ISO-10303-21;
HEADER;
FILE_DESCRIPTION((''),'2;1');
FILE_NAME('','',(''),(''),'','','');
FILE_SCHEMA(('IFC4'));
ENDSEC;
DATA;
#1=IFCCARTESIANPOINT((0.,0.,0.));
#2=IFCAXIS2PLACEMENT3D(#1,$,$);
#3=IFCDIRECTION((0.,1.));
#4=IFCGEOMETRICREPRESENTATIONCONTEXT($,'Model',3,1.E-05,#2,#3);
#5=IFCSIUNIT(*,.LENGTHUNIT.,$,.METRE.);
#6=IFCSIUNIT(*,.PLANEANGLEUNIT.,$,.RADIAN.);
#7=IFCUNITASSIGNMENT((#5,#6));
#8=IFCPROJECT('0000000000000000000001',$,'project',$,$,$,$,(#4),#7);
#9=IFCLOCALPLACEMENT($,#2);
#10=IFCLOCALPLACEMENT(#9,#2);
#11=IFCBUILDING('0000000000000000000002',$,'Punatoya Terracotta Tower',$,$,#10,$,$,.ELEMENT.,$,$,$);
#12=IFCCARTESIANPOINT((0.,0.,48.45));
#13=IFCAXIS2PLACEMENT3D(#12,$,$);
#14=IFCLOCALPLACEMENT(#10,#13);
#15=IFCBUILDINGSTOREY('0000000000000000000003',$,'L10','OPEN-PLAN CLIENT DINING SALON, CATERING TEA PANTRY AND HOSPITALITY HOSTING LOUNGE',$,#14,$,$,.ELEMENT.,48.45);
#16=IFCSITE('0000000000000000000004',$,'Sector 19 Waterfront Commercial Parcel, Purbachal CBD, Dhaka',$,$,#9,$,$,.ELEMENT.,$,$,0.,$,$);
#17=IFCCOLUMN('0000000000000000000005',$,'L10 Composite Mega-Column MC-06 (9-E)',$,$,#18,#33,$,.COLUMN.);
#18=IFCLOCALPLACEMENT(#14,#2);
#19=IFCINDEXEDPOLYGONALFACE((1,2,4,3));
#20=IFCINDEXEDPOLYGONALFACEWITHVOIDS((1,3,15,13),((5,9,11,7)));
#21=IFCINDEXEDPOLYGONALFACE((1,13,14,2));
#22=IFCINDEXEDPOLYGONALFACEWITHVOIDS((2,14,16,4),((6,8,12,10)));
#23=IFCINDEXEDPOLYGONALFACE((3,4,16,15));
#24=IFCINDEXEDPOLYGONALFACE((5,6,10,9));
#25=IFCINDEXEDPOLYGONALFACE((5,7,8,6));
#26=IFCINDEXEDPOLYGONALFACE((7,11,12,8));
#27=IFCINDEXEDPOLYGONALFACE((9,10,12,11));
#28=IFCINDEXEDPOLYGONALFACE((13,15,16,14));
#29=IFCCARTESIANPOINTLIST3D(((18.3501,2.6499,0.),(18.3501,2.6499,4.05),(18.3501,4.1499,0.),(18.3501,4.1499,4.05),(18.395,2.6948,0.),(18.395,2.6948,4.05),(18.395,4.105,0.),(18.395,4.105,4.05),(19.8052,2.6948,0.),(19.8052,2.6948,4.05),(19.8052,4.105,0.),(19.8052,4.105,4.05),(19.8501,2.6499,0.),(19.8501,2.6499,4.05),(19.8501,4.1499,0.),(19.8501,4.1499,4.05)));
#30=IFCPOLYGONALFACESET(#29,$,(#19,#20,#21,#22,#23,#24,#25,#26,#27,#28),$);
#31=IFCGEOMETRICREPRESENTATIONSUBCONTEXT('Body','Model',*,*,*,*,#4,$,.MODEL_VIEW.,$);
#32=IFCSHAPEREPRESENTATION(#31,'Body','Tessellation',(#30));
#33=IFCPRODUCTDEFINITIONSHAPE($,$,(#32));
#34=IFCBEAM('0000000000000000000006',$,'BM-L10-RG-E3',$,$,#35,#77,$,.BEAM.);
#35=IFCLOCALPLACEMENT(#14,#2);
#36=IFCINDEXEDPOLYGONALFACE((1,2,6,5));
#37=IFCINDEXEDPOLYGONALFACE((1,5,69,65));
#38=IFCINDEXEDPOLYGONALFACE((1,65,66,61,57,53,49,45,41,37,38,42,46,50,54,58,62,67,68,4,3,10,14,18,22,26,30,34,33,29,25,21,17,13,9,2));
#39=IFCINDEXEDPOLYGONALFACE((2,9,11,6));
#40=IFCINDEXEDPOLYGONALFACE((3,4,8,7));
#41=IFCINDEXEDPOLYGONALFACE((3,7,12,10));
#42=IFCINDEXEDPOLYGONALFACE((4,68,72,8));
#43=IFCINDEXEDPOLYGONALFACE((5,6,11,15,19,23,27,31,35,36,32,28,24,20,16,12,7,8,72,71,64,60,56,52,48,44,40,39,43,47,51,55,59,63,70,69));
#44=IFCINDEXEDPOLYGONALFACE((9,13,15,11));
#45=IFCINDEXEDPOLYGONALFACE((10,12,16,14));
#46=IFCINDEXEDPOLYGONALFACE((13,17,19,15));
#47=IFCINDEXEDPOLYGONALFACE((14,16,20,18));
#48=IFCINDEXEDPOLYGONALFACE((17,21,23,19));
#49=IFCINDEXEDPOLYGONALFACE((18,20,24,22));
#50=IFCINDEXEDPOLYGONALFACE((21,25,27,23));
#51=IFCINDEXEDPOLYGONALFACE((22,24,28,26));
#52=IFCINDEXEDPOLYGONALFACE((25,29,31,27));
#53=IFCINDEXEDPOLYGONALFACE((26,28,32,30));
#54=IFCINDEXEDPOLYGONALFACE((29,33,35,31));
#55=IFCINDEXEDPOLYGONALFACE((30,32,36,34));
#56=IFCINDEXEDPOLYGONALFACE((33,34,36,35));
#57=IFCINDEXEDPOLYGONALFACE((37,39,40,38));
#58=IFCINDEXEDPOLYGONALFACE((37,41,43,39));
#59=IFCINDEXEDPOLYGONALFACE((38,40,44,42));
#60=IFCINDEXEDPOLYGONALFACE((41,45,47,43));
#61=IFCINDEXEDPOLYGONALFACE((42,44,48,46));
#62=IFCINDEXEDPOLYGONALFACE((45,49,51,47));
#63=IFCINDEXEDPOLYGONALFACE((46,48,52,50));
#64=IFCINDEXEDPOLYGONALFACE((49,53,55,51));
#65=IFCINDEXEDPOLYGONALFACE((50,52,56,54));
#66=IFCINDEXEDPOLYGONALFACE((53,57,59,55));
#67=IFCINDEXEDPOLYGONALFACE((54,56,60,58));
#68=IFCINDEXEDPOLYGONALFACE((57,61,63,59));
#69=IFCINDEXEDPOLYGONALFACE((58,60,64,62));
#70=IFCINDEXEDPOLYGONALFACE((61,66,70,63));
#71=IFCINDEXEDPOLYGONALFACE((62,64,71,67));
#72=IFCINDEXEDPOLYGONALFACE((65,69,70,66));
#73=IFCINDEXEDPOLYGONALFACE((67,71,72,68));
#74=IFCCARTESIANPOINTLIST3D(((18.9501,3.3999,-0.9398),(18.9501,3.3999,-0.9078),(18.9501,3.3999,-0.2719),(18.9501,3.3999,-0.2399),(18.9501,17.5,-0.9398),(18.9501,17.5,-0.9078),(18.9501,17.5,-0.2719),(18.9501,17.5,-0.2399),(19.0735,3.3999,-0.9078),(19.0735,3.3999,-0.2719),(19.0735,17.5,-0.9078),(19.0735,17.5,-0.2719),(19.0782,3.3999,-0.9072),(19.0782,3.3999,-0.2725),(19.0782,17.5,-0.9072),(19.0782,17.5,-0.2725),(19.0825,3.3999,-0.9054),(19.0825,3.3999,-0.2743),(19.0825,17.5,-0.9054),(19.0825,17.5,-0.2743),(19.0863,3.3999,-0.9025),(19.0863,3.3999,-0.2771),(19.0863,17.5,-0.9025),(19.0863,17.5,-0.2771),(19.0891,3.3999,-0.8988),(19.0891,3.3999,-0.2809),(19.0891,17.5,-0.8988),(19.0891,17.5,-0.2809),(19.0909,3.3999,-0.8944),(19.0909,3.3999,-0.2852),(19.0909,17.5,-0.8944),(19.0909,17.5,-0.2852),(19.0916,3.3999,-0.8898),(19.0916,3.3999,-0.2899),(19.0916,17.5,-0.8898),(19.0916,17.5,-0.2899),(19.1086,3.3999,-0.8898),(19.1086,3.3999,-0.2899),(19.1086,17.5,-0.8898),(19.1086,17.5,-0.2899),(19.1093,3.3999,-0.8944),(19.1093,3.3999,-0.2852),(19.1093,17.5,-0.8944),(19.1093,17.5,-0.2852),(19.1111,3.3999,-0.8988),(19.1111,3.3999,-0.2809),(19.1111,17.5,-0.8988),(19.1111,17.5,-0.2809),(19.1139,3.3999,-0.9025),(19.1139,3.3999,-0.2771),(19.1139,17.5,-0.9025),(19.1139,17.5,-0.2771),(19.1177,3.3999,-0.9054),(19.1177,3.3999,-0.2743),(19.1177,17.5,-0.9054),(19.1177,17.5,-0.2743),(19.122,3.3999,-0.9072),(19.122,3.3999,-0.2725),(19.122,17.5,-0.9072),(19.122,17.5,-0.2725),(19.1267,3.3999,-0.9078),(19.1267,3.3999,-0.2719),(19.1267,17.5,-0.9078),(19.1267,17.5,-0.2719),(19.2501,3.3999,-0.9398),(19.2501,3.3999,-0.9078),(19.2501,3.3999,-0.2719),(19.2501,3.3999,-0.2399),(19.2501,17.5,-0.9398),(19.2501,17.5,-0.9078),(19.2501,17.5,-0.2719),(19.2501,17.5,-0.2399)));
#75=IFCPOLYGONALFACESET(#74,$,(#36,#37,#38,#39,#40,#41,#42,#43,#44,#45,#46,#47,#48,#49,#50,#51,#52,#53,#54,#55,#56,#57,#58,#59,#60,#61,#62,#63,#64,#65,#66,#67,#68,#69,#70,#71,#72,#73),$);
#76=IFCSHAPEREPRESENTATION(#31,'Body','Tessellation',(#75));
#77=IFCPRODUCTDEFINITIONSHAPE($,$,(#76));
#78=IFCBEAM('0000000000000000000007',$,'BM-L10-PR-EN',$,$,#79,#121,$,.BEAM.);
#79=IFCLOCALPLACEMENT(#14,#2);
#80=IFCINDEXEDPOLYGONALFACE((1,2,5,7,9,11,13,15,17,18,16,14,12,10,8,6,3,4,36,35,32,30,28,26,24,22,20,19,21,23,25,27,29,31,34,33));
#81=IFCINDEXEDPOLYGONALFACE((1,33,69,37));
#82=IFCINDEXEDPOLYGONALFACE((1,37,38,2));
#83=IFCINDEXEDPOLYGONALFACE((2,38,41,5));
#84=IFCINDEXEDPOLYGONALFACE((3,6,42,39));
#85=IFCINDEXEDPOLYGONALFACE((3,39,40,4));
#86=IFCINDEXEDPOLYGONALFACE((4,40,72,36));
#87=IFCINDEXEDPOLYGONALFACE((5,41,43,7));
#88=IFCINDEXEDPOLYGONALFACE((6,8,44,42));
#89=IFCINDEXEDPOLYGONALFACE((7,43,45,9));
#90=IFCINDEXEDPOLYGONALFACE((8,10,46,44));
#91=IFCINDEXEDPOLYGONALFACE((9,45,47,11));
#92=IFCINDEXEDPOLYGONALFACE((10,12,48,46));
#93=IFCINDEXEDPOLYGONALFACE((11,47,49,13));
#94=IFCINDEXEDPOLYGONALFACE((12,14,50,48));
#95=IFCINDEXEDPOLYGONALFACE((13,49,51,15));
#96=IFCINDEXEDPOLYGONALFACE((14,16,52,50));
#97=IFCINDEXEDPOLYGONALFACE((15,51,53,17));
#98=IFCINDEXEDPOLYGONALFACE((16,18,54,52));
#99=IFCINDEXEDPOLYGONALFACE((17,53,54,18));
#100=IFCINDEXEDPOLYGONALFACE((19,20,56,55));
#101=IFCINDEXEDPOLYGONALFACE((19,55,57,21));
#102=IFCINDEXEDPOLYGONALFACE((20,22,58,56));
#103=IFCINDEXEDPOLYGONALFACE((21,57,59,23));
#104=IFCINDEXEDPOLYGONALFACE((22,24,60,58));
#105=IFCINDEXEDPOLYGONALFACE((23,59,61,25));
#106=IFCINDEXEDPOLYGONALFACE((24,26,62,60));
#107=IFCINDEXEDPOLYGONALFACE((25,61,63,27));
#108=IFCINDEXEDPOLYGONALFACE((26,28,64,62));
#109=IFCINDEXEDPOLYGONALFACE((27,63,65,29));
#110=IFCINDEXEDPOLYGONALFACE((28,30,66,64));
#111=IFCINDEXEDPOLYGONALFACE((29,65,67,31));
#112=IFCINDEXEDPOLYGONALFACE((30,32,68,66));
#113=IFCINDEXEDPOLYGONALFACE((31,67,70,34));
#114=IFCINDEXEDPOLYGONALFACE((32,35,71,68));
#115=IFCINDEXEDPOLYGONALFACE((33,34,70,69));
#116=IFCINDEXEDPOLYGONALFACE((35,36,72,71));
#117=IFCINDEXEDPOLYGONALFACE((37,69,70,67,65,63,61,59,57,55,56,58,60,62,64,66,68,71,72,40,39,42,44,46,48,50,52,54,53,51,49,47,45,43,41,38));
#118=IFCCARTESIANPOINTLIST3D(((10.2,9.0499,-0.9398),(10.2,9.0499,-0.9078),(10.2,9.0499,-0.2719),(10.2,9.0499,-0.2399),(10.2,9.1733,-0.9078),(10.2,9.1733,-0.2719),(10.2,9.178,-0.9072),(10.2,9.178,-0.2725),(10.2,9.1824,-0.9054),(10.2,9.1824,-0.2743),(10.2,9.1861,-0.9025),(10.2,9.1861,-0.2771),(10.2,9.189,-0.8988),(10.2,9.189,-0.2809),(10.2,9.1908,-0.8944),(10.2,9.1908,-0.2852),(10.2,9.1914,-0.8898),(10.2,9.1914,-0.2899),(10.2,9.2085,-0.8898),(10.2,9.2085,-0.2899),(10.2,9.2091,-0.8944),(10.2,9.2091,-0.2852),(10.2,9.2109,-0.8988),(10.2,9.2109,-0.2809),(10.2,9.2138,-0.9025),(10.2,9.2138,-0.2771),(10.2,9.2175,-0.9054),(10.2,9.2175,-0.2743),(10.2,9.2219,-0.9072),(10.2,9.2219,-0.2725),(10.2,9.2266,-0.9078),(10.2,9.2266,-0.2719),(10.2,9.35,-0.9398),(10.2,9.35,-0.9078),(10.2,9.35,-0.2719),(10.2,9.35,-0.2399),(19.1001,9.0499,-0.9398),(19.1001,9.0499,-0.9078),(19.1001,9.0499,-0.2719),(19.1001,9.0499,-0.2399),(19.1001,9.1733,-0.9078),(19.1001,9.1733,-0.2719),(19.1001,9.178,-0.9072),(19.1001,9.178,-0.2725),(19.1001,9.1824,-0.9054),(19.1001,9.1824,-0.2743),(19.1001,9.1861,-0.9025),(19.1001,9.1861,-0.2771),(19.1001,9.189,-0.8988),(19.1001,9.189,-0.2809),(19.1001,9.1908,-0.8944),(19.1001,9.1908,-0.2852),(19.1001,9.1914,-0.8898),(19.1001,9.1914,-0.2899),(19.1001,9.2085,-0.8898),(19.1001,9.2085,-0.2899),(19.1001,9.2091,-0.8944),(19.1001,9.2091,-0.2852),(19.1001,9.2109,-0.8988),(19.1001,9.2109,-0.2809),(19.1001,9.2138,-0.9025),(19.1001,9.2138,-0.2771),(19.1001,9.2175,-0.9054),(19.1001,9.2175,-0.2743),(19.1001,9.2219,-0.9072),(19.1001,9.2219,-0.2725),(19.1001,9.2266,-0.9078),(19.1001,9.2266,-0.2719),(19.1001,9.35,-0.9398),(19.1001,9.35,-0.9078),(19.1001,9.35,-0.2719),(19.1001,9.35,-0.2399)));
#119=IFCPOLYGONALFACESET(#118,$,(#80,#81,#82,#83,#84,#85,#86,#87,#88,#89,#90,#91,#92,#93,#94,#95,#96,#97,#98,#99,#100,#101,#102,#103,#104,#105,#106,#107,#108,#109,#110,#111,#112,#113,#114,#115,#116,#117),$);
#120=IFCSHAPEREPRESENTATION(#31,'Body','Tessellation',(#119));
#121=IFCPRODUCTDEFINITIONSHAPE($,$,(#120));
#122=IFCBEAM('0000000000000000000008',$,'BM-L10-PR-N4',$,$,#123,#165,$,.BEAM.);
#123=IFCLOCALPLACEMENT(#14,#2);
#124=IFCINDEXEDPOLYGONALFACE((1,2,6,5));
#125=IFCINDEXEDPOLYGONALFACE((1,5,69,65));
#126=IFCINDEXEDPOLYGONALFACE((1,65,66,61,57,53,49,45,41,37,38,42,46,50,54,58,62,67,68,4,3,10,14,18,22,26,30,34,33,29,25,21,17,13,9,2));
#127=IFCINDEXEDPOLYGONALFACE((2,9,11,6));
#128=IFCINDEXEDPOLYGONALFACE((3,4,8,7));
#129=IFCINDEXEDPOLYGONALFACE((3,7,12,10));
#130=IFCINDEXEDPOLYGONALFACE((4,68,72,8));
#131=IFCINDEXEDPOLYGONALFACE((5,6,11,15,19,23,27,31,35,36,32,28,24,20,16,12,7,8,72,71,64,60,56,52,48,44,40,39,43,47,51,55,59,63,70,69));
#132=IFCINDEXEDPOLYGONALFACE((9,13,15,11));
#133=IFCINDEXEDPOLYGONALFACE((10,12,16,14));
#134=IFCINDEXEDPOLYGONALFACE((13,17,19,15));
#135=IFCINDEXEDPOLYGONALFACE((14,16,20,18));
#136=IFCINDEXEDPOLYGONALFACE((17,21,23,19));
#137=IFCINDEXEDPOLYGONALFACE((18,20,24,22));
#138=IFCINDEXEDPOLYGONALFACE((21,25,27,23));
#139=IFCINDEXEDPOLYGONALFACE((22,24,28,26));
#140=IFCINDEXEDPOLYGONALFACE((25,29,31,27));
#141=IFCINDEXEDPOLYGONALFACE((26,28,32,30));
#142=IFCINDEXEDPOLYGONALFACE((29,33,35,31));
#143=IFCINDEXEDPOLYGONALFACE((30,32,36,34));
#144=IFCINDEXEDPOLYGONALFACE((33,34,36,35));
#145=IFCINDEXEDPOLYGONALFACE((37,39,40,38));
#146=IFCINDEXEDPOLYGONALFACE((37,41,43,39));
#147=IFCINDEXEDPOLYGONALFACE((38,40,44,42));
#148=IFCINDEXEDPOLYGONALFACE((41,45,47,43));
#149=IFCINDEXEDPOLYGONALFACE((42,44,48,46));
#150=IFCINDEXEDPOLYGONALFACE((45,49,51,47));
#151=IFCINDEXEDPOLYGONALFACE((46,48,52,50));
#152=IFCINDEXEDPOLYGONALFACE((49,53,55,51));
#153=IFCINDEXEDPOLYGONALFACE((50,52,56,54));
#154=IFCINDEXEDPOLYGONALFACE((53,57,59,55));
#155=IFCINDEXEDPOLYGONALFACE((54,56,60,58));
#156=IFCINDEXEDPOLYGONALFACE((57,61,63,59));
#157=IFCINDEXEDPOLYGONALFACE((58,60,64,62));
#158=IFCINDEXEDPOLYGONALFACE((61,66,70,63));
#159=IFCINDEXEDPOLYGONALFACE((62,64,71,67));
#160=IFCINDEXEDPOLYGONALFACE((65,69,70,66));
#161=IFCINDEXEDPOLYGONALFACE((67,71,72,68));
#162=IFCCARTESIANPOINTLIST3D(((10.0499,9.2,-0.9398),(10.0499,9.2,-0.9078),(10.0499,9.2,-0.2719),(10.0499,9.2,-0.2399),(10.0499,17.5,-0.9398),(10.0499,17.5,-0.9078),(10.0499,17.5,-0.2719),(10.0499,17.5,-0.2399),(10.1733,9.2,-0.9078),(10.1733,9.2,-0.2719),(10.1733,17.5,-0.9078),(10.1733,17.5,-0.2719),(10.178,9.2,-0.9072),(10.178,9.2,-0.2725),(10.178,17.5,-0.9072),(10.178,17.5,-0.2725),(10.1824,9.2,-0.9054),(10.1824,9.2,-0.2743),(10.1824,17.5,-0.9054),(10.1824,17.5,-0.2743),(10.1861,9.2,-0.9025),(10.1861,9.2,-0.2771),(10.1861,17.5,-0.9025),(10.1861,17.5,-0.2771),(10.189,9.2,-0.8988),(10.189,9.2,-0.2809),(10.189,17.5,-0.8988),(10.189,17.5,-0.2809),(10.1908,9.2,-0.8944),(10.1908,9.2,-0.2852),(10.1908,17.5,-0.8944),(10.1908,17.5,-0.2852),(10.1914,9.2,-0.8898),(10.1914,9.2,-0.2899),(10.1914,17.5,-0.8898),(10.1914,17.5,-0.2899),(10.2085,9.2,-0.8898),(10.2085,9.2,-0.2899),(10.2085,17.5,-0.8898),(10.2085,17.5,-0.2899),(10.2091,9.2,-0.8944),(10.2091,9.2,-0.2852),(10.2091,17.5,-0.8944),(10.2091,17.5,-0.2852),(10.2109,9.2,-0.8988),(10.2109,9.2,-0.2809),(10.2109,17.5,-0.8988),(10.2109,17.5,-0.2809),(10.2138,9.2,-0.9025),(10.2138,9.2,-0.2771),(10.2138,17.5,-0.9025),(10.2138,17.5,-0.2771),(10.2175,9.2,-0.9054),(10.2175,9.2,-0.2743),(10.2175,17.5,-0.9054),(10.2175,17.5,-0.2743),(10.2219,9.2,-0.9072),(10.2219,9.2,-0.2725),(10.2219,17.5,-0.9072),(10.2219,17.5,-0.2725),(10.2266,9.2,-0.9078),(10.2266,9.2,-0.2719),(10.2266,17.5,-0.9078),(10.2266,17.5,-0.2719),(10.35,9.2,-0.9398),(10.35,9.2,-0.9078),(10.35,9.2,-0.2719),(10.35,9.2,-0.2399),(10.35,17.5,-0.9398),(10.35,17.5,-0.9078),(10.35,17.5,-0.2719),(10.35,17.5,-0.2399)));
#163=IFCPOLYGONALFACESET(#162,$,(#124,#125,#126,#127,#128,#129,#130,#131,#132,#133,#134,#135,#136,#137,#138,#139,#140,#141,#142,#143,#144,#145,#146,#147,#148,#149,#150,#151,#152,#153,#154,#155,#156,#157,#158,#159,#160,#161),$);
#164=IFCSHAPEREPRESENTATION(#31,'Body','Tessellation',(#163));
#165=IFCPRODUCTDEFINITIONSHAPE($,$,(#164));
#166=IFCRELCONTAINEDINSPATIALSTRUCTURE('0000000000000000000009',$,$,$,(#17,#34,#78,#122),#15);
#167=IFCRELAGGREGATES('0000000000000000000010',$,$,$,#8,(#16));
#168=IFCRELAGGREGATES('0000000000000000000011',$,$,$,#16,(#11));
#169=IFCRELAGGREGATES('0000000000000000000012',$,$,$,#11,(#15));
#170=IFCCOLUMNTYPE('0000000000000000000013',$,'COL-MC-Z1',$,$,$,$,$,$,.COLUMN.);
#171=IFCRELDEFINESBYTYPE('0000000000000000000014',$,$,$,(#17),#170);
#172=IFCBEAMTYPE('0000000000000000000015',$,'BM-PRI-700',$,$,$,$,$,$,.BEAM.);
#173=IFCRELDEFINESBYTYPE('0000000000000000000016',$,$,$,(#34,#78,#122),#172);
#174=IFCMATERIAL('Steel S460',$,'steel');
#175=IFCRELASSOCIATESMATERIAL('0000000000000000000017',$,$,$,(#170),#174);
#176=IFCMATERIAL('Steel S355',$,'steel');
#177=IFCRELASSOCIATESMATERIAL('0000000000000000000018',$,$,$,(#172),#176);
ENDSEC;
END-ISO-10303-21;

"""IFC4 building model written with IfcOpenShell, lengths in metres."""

from ifc_helpers import new_model, si_unit, direction, frame, origin, origin_2d, place, context, subcontext, project, spatial, hollow_rectangle, i_section, extrude, material, material_profile, profile_set, type_object, element, save


model = new_model("IFC4")

# Units and contexts
model_context = context("Model", 3, precision=1e-05, world=origin(), true_north=direction((0.0, 1.0)))
body_context = subcontext(model_context, "Body", "Model", "MODEL_VIEW")
ifc_project = project(units=[si_unit("LENGTHUNIT", "METRE"), si_unit("PLANEANGLEUNIT", "RADIAN")], contexts=[model_context])

# Site, building, storey
site_placement = place(None, origin())
site = spatial("IfcSite", under=ifc_project, at=site_placement, Name="Sector 19 Waterfront Commercial Parcel, Purbachal CBD, Dhaka", CompositionType="ELEMENT", RefElevation=0.0)
building_placement = place(site_placement, origin())
building = spatial("IfcBuilding", under=site, at=building_placement, Name="Punatoya Terracotta Tower", CompositionType="ELEMENT")
storey_placement = place(building_placement, frame((0.0, 0.0, 48.45)))
storey = spatial("IfcBuildingStorey", under=building, at=storey_placement, Name="L10", Description="OPEN-PLAN CLIENT DINING SALON, CATERING TEA PANTRY AND HOSPITALITY HOSTING LOUNGE", CompositionType="ELEMENT", Elevation=48.45)

# Column
ifc_material_1 = material(Name="Steel S460", Category="steel")
ifc_material_profile_1 = material_profile(ifc_material_1, hollow_rectangle(XDim=1.5, YDim=1.5, WallThickness=0.0449, at=origin_2d()))
ifc_profile_set_1 = profile_set([ifc_material_profile_1], Name="Steel S460")
column_type = type_object("IfcColumnType", Name="COL-MC-Z1", PredefinedType="COLUMN", material=ifc_profile_set_1)
column_placement = place(storey_placement, frame((19.1001, 3.3999, 0.0), z_axis=(0.0, 0.0, 1.0), x_axis=(1.0, 0.0, 0.0)))
element("IfcColumn", 1, at=column_placement, inside=storey, type_object=column_type, Name="L10 Composite Mega-Column MC-06 (9-E)", PredefinedType="COLUMN", context=body_context, shape_type="SweptSolid", body=[
    extrude(hollow_rectangle(XDim=1.5, YDim=1.5, WallThickness=0.0449, at=origin_2d()), origin(), (0.0, 0.0, 1.0), 4.05),
])

# Beams
ifc_material_2 = material(Name="Steel S355", Category="steel")
ifc_material_profile_2 = material_profile(ifc_material_2, i_section(OverallWidth=0.3, OverallDepth=0.7, WebThickness=0.0171, FlangeThickness=0.032, FilletRadius=0.0181, at=origin_2d()))
ifc_profile_set_2 = profile_set([ifc_material_profile_2], Name="Steel S355")
beam_type_1 = type_object("IfcBeamType", Name="BM-PRI-700", PredefinedType="BEAM", material=ifc_profile_set_2)
beam_1_placement = place(storey_placement, frame((19.1001, 3.3999, -0.5898), z_axis=(0.0, 1.0, 0.0), x_axis=(-1.0, 0.0, 0.0)))
element("IfcBeam", 2, at=beam_1_placement, inside=storey, type_object=beam_type_1, Name="BM-L10-RG-E3", PredefinedType="BEAM", context=body_context, shape_type="SweptSolid", body=[
    extrude(i_section(OverallWidth=0.3, OverallDepth=0.7, WebThickness=0.0171, FlangeThickness=0.032, FilletRadius=0.0181, at=origin_2d()), origin(), (0.0, 0.0, 1.0), 14.1001),
])
beam_2_placement = place(storey_placement, frame((10.2, 9.2, -0.5898), z_axis=(1.0, 0.0, 0.0), x_axis=(0.0, 1.0, 0.0)))
element("IfcBeam", 3, at=beam_2_placement, inside=storey, type_object=beam_type_1, Name="BM-L10-PR-EN", PredefinedType="BEAM", context=body_context, shape_type="SweptSolid", body=[
    extrude(i_section(OverallWidth=0.3, OverallDepth=0.7, WebThickness=0.0171, FlangeThickness=0.032, FilletRadius=0.0181, at=origin_2d()), origin(), (0.0, 0.0, 1.0), 8.9001),
])
beam_3_placement = place(storey_placement, frame((10.2, 9.2, -0.5898), z_axis=(0.0, 1.0, 0.0), x_axis=(-1.0, 0.0, 0.0)))
element("IfcBeam", 4, at=beam_3_placement, inside=storey, type_object=beam_type_1, Name="BM-L10-PR-N4", PredefinedType="BEAM", context=body_context, shape_type="SweptSolid", body=[
    extrude(i_section(OverallWidth=0.3, OverallDepth=0.7, WebThickness=0.0171, FlangeThickness=0.032, FilletRadius=0.0181, at=origin_2d()), origin(), (0.0, 0.0, 1.0), 8.3),
])

save(model, "model.ifc")
